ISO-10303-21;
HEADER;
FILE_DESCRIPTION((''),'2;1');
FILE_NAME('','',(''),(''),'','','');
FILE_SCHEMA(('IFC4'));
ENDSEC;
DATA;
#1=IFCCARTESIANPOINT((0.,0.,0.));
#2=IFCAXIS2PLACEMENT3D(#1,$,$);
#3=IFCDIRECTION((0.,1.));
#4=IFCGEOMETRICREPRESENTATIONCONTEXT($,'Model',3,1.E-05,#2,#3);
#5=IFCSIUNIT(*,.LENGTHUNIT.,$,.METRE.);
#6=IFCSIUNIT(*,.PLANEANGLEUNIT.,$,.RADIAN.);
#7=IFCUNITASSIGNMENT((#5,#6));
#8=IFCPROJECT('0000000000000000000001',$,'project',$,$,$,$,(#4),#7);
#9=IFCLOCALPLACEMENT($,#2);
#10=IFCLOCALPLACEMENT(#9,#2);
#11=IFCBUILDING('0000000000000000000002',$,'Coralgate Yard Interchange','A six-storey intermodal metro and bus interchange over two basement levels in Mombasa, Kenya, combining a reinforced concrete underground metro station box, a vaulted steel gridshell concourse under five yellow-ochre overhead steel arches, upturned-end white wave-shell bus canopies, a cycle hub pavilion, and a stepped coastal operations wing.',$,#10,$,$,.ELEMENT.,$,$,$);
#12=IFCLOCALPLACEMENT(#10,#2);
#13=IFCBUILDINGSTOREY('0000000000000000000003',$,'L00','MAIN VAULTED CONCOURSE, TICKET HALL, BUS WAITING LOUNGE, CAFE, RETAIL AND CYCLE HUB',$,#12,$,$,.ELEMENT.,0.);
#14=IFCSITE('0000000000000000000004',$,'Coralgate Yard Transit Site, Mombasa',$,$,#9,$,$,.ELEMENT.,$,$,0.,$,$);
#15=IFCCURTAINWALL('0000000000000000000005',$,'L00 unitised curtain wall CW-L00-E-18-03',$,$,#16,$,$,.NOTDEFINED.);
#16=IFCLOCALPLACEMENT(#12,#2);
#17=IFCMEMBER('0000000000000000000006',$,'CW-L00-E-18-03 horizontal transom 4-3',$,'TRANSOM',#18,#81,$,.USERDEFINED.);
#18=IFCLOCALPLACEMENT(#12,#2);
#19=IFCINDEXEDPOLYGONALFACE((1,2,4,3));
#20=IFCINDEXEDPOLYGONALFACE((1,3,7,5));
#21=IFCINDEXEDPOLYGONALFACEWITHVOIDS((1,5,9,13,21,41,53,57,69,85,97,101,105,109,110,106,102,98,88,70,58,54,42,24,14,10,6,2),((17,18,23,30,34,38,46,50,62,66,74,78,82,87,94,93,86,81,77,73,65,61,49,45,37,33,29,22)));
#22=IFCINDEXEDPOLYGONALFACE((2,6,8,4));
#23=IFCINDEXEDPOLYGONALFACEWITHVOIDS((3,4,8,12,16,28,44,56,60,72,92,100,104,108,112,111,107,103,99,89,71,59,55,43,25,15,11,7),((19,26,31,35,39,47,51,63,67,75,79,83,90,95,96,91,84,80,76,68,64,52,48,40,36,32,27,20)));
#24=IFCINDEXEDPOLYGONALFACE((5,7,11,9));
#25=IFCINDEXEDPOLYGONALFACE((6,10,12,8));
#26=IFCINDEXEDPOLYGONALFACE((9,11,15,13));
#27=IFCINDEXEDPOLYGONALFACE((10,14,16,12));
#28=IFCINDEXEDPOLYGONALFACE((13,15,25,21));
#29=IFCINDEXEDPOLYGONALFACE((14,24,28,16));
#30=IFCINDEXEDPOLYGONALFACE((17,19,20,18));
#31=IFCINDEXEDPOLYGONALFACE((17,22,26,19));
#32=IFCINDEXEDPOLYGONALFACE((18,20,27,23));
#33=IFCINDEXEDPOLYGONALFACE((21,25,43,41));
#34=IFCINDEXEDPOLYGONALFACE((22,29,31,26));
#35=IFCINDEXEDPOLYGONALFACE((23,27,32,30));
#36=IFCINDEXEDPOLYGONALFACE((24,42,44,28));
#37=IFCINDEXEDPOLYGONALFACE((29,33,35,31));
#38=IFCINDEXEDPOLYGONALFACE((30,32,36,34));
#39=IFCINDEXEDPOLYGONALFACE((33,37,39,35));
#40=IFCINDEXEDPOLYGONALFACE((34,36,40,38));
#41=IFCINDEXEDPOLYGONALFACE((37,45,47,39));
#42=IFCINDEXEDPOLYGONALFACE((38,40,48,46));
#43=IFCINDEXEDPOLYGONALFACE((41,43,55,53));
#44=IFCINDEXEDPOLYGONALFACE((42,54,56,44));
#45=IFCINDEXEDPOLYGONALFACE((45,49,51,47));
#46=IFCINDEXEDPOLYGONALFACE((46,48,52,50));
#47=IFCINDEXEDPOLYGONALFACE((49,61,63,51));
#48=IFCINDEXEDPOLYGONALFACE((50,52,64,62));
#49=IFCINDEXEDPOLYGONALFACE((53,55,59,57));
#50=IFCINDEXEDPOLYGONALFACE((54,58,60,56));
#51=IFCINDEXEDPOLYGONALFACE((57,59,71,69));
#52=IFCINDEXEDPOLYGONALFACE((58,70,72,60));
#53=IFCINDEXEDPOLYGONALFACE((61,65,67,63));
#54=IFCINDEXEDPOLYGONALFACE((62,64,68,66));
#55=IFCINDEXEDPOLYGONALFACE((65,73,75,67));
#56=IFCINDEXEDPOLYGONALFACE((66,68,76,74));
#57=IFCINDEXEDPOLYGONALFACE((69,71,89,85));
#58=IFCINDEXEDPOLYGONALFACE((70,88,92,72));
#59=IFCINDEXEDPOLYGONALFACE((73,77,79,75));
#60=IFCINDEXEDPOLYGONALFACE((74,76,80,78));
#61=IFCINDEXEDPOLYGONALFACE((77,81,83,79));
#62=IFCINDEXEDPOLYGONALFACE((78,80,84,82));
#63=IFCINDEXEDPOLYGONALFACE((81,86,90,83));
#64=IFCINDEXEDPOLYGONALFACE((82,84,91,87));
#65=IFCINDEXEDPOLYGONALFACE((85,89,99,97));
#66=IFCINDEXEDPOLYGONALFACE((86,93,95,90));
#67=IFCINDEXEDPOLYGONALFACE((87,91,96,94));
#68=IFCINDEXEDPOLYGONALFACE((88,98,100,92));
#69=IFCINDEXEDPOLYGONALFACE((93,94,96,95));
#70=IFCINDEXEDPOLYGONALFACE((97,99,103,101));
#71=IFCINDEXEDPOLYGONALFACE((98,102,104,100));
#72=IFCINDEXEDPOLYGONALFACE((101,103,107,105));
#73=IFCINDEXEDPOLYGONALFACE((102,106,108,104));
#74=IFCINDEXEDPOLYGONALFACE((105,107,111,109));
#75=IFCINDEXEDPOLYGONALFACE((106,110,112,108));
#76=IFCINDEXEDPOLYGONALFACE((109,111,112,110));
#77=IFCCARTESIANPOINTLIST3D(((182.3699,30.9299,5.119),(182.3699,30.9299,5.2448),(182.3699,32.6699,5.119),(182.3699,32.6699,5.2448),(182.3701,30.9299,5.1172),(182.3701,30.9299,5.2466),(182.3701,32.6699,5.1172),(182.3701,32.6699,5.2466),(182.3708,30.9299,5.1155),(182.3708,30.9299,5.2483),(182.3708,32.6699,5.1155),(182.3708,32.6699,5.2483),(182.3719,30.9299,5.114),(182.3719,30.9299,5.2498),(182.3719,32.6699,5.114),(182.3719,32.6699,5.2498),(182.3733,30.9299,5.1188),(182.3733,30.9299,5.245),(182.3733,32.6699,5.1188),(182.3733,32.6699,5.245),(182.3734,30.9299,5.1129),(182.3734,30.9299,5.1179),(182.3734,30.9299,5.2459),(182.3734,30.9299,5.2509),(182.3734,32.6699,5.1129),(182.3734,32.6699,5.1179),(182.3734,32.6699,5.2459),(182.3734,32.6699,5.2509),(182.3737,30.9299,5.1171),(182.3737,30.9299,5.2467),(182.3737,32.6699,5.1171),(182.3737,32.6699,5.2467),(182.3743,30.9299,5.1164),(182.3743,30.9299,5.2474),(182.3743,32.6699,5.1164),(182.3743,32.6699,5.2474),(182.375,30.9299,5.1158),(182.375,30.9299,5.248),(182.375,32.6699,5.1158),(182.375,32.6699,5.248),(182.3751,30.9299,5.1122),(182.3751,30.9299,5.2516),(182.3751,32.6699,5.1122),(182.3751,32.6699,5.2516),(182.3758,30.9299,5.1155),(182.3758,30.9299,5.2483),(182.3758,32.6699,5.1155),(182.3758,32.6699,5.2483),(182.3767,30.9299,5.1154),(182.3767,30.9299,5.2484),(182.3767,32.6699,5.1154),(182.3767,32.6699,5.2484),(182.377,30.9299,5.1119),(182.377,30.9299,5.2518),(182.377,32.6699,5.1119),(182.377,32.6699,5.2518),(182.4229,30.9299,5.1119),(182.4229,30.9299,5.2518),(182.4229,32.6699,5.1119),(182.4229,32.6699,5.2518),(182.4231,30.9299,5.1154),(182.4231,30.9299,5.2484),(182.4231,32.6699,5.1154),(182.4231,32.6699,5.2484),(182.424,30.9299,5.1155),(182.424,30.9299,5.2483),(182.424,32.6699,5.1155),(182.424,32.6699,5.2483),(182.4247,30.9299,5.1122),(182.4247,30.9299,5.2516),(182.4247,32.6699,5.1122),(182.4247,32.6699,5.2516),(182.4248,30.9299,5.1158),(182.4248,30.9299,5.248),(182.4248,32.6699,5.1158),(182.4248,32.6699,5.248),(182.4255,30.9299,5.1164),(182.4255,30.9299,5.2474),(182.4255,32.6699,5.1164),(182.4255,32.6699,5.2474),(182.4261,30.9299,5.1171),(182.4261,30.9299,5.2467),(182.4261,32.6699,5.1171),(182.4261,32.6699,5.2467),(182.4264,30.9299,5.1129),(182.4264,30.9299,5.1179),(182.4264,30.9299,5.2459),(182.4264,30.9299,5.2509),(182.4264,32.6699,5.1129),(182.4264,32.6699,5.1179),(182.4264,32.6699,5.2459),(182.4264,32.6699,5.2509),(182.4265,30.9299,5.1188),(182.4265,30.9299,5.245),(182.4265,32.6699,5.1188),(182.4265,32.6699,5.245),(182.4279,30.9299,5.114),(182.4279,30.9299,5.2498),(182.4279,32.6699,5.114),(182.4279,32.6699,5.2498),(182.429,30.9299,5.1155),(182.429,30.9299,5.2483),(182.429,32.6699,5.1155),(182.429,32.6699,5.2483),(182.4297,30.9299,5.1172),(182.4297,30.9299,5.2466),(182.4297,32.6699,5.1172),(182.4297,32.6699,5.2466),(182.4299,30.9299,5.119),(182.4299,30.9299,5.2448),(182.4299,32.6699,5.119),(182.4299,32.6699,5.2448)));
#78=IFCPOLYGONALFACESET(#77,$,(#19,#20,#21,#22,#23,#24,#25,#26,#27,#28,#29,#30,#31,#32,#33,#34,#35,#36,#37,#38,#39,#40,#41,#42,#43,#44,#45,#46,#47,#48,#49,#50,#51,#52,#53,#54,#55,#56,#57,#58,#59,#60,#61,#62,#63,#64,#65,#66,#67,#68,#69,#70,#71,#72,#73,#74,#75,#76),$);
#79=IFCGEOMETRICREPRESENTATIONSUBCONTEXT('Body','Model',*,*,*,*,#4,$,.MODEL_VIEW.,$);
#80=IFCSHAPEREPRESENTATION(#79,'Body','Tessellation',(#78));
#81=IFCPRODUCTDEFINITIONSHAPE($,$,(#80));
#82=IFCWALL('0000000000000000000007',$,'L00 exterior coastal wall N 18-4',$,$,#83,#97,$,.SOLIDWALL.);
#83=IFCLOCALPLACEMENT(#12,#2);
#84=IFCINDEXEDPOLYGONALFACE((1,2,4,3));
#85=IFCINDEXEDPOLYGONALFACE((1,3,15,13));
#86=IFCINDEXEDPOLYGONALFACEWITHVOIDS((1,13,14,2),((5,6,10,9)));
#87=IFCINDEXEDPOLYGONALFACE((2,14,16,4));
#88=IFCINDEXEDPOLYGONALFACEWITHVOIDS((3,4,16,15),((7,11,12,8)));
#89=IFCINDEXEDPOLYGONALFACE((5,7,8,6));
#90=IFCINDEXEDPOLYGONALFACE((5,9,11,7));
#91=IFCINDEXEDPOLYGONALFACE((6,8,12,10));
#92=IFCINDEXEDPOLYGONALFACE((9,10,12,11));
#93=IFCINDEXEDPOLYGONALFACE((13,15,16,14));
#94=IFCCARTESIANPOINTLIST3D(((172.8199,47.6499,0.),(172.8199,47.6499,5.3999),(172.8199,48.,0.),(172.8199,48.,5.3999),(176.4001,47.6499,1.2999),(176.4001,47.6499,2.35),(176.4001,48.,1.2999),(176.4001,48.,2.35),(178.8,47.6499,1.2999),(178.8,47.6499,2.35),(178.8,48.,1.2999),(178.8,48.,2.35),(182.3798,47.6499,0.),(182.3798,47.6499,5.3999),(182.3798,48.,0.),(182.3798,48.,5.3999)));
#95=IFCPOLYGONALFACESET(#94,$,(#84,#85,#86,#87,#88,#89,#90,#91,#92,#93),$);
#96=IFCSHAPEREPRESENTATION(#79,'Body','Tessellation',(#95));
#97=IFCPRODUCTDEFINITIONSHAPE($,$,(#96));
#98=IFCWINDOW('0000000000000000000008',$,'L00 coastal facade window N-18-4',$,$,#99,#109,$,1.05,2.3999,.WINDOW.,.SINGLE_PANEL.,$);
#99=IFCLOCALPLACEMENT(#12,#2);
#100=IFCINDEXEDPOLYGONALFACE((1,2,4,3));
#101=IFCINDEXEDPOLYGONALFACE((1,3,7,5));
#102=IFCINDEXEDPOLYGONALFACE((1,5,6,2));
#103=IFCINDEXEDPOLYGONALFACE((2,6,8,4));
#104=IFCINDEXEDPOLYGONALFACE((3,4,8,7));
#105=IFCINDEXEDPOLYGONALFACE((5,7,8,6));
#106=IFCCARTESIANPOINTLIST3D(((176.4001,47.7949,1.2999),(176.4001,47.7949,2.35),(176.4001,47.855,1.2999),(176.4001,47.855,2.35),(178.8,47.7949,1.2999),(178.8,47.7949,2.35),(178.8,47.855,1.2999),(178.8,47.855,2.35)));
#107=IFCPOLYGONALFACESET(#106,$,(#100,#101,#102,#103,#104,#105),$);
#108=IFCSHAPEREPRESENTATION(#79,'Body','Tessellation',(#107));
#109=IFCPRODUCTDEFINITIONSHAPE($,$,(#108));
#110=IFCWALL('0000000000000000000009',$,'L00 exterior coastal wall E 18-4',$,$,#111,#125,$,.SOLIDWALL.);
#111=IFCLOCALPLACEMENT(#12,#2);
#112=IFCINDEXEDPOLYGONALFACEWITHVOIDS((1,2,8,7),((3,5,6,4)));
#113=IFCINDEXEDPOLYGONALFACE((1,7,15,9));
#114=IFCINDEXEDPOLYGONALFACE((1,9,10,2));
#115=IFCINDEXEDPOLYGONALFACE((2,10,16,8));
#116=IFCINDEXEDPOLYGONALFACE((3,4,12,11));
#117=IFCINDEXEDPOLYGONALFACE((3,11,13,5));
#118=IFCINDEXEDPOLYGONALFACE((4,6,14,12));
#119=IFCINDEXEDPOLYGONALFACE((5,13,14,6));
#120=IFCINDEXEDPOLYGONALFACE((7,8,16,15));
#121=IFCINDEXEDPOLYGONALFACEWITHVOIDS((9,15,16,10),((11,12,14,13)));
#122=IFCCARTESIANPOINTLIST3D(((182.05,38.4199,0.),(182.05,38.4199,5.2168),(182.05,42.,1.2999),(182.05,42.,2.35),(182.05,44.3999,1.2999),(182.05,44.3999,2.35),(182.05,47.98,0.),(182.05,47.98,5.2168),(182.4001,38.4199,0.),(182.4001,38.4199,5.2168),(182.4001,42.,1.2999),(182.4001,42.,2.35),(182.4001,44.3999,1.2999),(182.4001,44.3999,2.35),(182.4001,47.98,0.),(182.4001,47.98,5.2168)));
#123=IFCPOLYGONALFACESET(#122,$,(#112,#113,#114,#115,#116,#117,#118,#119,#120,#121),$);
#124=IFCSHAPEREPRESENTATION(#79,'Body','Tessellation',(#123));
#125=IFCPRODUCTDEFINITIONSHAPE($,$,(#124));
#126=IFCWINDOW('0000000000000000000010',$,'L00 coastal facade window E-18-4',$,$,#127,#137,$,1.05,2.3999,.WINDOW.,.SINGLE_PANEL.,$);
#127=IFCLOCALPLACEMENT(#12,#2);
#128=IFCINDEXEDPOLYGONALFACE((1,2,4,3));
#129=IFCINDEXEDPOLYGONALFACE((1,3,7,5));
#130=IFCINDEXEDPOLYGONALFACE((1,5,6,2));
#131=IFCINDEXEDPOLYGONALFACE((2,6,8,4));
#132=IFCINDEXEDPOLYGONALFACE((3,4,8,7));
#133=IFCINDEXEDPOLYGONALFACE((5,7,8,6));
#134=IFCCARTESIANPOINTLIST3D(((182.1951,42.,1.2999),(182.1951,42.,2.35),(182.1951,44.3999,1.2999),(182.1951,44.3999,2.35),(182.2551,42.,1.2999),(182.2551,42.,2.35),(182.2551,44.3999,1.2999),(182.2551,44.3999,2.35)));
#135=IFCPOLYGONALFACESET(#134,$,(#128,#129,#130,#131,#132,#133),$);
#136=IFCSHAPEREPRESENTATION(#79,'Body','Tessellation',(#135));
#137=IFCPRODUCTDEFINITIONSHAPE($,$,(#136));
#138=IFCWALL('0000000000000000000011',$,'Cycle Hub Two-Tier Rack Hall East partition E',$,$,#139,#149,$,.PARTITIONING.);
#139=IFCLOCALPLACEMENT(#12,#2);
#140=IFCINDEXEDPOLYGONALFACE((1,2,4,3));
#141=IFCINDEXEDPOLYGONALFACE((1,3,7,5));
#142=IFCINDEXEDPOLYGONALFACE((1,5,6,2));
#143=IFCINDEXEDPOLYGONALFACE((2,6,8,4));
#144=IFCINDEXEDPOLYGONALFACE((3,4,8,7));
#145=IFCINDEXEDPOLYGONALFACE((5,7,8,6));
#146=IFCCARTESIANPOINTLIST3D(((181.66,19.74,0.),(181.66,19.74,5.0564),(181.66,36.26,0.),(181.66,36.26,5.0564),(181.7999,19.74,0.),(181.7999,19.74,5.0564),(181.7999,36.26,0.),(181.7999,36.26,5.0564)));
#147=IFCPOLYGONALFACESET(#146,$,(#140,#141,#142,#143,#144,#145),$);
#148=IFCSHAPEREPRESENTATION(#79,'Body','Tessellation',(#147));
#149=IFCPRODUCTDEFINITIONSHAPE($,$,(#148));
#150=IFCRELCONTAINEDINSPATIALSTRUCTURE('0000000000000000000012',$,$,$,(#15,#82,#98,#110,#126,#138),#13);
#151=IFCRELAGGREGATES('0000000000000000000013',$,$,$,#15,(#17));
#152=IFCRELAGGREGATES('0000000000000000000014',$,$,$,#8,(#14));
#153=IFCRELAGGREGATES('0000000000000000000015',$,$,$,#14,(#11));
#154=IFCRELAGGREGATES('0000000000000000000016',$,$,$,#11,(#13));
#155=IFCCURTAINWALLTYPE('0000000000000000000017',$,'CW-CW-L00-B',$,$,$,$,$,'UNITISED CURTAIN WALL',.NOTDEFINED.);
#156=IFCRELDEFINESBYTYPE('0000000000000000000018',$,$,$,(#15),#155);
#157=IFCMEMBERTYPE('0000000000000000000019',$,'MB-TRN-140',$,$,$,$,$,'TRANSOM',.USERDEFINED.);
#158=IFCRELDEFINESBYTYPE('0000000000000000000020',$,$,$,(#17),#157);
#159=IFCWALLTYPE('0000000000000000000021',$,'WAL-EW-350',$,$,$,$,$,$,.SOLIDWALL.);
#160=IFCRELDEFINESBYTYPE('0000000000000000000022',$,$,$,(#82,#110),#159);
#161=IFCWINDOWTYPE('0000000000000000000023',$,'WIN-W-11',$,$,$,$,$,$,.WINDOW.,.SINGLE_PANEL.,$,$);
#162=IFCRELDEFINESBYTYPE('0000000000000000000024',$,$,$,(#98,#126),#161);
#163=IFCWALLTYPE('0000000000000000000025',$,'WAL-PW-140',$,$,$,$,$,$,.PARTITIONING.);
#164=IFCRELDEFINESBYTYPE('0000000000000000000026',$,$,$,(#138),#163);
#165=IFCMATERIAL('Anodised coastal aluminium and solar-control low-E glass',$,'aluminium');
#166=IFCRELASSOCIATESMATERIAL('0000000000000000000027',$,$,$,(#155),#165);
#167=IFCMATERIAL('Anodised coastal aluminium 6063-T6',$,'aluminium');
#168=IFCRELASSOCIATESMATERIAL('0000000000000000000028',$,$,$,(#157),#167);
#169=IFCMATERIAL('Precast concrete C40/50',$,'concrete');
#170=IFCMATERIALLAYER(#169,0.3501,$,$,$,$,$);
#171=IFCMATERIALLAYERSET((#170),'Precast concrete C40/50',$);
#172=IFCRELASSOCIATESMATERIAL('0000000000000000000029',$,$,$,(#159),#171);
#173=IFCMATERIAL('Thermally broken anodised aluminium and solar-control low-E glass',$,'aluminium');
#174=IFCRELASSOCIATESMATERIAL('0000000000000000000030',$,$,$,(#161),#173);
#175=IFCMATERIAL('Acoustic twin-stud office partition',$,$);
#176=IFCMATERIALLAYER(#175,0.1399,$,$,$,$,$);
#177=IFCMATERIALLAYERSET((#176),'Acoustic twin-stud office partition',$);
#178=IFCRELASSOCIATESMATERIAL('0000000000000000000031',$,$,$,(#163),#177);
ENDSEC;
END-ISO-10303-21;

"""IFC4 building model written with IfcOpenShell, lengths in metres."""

from ifc_helpers import new_model, si_unit, direction, frame, frame_2d, origin, origin_2d, place, context, subcontext, project, spatial, rectangle, hollow_rectangle, extrude, material, layer, layer_set, material_profile, profile_set, type_object, element, fill, aggregate, save


model = new_model("IFC4")

# Units and contexts
model_context = context("Model", 3, precision=1e-05, world=origin(), true_north=direction((0.0, 1.0)))
body_context = subcontext(model_context, "Body", "Model", "MODEL_VIEW")
ifc_project = project(units=[si_unit("LENGTHUNIT", "METRE"), si_unit("PLANEANGLEUNIT", "RADIAN")], contexts=[model_context])

# Site, building, storey
site_placement = place(None, origin())
site = spatial("IfcSite", under=ifc_project, at=site_placement, Name="Coralgate Yard Transit Site, Mombasa", CompositionType="ELEMENT", RefElevation=0.0)
building_placement = place(site_placement, origin())
building = spatial("IfcBuilding", under=site, at=building_placement, Name="Coralgate Yard Interchange", Description="A six-storey intermodal metro and bus interchange over two basement levels in Mombasa, Kenya, combining a reinforced concrete underground metro station box, a vaulted steel gridshell concourse under five yellow-ochre overhead steel arches, upturned-end white wave-shell bus canopies, a cycle hub pavilion, and a stepped coastal operations wing.", CompositionType="ELEMENT")
storey_placement = place(building_placement, origin())
storey = spatial("IfcBuildingStorey", under=building, at=storey_placement, Name="L00", Description="MAIN VAULTED CONCOURSE, TICKET HALL, BUS WAITING LOUNGE, CAFE, RETAIL AND CYCLE HUB", CompositionType="ELEMENT", Elevation=0.0)

# Curtain wall, member
ifc_material_1 = material(Name="Anodised coastal aluminium and solar-control low-E glass", Category="aluminium")
curtain_wall_type = type_object("IfcCurtainWallType", Name="CW-CW-L00-B", ElementType="UNITISED CURTAIN WALL", PredefinedType="NOTDEFINED", material=ifc_material_1)
curtain_wall_placement = place(storey_placement, origin())
curtain_wall = element("IfcCurtainWall", 1, at=curtain_wall_placement, inside=storey, type_object=curtain_wall_type, Name="L00 unitised curtain wall CW-L00-E-18-03", PredefinedType="NOTDEFINED")
ifc_material_2 = material(Name="Anodised coastal aluminium 6063-T6", Category="aluminium")
ifc_material_profile_1 = material_profile(ifc_material_2, hollow_rectangle(XDim=0.0601, YDim=0.1399, WallThickness=0.0034, InnerFilletRadius=0.0034, OuterFilletRadius=0.0071, at=origin_2d()), Name="ALU 60x140x3.5")
ifc_profile_set_1 = profile_set([ifc_material_profile_1], Name="Anodised coastal aluminium 6063-T6")
member_type = type_object("IfcMemberType", Name="MB-TRN-140", ElementType="TRANSOM", PredefinedType="USERDEFINED", material=ifc_profile_set_1)
member_1_placement = place(storey_placement, frame((182.3999, 32.6699, 5.1819), z_axis=(0.0, -1.0, 0.0), x_axis=(1.0, 0.0, 0.0)))
member_1 = element("IfcMember", 2, at=member_1_placement, type_object=member_type, Name="CW-L00-E-18-03 horizontal transom 4-3", ObjectType="TRANSOM", PredefinedType="USERDEFINED", context=body_context, shape_type="SweptSolid", body=[
    extrude(hollow_rectangle(XDim=0.0601, YDim=0.1399, WallThickness=0.0034, InnerFilletRadius=0.0034, OuterFilletRadius=0.0071, at=origin_2d()), origin(), (0.0, 0.0, 1.0), 1.74),
])
aggregate(curtain_wall, [member_1])

# Walls, openings, windows
ifc_material_3 = material(Name="Precast concrete C40/50", Category="concrete")
ifc_layer_1 = layer(ifc_material_3, 0.3501)
ifc_layer_set_1 = layer_set([ifc_layer_1], Name="Precast concrete C40/50")
wall_type_1 = type_object("IfcWallType", Name="WAL-EW-350", PredefinedType="SOLIDWALL", material=ifc_layer_set_1)
wall_1_placement = place(storey_placement, frame((172.8201, 47.825, 0.0), z_axis=(0.0, 0.0, 1.0), x_axis=(1.0, 0.0, 0.0)))
wall_1 = element("IfcWall", 3, at=wall_1_placement, inside=storey, type_object=wall_type_1, Name="L00 exterior coastal wall N 18-4", PredefinedType="SOLIDWALL", context=body_context, shape_type="SweptSolid", body=[
    extrude(rectangle(XDim=9.5598, YDim=0.3501, at=frame_2d((4.7798, 0.0))), origin(), (0.0, 0.0, 1.0), 5.3999),
])
opening_1_placement = place(wall_1_placement, frame((3.5801, 0.0, 1.3)))
opening_1 = element("IfcOpeningElement", 4, at=opening_1_placement, cuts=wall_1, PredefinedType="OPENING", context=body_context, shape_type="SweptSolid", body=[
    extrude(rectangle(XDim=2.3999, YDim=1.05, at=frame_2d((1.2, 0.5249))), frame((0.0, 0.1851, 0.0), z_axis=(0.0, -1.0, 0.0), x_axis=(1.0, 0.0, 0.0)), (0.0, 0.0, 1.0), 0.3701),
])
ifc_material_4 = material(Name="Thermally broken anodised aluminium and solar-control low-E glass", Category="aluminium")
window_type = type_object("IfcWindowType", Name="WIN-W-11", PartitioningType="SINGLE_PANEL", PredefinedType="WINDOW", material=ifc_material_4)
window_1_placement = place(opening_1_placement, origin())
window_1 = element("IfcWindow", 5, at=window_1_placement, inside=storey, type_object=window_type, Name="L00 coastal facade window N-18-4", OverallHeight=1.05, OverallWidth=2.3999, PartitioningType="SINGLE_PANEL", PredefinedType="WINDOW", context=body_context, shape_type="SweptSolid", body=[
    extrude(rectangle(XDim=2.3999, YDim=1.05, at=frame_2d((1.2, 0.5249))), frame((0.0, 0.03, 0.0), z_axis=(0.0, -1.0, 0.0), x_axis=(1.0, 0.0, 0.0)), (0.0, 0.0, 1.0), 0.0601),
])
fill(opening_1, window_1)
wall_2_placement = place(storey_placement, frame((182.2251, 47.98, 0.0), z_axis=(0.0, 0.0, 1.0), x_axis=(0.0, -1.0, 0.0)))
wall_2 = element("IfcWall", 6, at=wall_2_placement, inside=storey, type_object=wall_type_1, Name="L00 exterior coastal wall E 18-4", PredefinedType="SOLIDWALL", context=body_context, shape_type="SweptSolid", body=[
    extrude(rectangle(XDim=9.5601, YDim=0.3501, at=frame_2d((4.78, 0.0))), origin(), (0.0, 0.0, 1.0), 5.2168),
])
opening_2_placement = place(wall_2_placement, frame((3.5801, 0.0, 1.3)))
opening_2 = element("IfcOpeningElement", 7, at=opening_2_placement, cuts=wall_2, PredefinedType="OPENING", context=body_context, shape_type="SweptSolid", body=[
    extrude(rectangle(XDim=2.3999, YDim=1.05, at=frame_2d((1.2, 0.5249))), frame((0.0, 0.1851, 0.0), z_axis=(0.0, -1.0, 0.0), x_axis=(1.0, 0.0, 0.0)), (0.0, 0.0, 1.0), 0.3701),
])
window_2_placement = place(opening_2_placement, origin())
window_2 = element("IfcWindow", 8, at=window_2_placement, inside=storey, type_object=window_type, Name="L00 coastal facade window E-18-4", OverallHeight=1.05, OverallWidth=2.3999, PartitioningType="SINGLE_PANEL", PredefinedType="WINDOW", context=body_context, shape_type="SweptSolid", body=[
    extrude(rectangle(XDim=2.3999, YDim=1.05, at=frame_2d((1.2, 0.5249))), frame((0.0, 0.03, 0.0), z_axis=(0.0, -1.0, 0.0), x_axis=(1.0, 0.0, 0.0)), (0.0, 0.0, 1.0), 0.0601),
])
fill(opening_2, window_2)

# Wall
ifc_material_5 = material(Name="Acoustic twin-stud office partition")
ifc_layer_2 = layer(ifc_material_5, 0.1399)
ifc_layer_set_2 = layer_set([ifc_layer_2], Name="Acoustic twin-stud office partition")
wall_type_2 = type_object("IfcWallType", Name="WAL-PW-140", PredefinedType="PARTITIONING", material=ifc_layer_set_2)
wall_3_placement = place(storey_placement, frame((181.73, 36.26, 0.0), z_axis=(0.0, 0.0, 1.0), x_axis=(0.0, -1.0, 0.0)))
element("IfcWall", 9, at=wall_3_placement, inside=storey, type_object=wall_type_2, Name="Cycle Hub Two-Tier Rack Hall East partition E", PredefinedType="PARTITIONING", context=body_context, shape_type="SweptSolid", body=[
    extrude(rectangle(XDim=16.52, YDim=0.1399, at=frame_2d((8.26, 0.0))), origin(), (0.0, 0.0, 1.0), 5.0564),
])

save(model, "model.ifc")
